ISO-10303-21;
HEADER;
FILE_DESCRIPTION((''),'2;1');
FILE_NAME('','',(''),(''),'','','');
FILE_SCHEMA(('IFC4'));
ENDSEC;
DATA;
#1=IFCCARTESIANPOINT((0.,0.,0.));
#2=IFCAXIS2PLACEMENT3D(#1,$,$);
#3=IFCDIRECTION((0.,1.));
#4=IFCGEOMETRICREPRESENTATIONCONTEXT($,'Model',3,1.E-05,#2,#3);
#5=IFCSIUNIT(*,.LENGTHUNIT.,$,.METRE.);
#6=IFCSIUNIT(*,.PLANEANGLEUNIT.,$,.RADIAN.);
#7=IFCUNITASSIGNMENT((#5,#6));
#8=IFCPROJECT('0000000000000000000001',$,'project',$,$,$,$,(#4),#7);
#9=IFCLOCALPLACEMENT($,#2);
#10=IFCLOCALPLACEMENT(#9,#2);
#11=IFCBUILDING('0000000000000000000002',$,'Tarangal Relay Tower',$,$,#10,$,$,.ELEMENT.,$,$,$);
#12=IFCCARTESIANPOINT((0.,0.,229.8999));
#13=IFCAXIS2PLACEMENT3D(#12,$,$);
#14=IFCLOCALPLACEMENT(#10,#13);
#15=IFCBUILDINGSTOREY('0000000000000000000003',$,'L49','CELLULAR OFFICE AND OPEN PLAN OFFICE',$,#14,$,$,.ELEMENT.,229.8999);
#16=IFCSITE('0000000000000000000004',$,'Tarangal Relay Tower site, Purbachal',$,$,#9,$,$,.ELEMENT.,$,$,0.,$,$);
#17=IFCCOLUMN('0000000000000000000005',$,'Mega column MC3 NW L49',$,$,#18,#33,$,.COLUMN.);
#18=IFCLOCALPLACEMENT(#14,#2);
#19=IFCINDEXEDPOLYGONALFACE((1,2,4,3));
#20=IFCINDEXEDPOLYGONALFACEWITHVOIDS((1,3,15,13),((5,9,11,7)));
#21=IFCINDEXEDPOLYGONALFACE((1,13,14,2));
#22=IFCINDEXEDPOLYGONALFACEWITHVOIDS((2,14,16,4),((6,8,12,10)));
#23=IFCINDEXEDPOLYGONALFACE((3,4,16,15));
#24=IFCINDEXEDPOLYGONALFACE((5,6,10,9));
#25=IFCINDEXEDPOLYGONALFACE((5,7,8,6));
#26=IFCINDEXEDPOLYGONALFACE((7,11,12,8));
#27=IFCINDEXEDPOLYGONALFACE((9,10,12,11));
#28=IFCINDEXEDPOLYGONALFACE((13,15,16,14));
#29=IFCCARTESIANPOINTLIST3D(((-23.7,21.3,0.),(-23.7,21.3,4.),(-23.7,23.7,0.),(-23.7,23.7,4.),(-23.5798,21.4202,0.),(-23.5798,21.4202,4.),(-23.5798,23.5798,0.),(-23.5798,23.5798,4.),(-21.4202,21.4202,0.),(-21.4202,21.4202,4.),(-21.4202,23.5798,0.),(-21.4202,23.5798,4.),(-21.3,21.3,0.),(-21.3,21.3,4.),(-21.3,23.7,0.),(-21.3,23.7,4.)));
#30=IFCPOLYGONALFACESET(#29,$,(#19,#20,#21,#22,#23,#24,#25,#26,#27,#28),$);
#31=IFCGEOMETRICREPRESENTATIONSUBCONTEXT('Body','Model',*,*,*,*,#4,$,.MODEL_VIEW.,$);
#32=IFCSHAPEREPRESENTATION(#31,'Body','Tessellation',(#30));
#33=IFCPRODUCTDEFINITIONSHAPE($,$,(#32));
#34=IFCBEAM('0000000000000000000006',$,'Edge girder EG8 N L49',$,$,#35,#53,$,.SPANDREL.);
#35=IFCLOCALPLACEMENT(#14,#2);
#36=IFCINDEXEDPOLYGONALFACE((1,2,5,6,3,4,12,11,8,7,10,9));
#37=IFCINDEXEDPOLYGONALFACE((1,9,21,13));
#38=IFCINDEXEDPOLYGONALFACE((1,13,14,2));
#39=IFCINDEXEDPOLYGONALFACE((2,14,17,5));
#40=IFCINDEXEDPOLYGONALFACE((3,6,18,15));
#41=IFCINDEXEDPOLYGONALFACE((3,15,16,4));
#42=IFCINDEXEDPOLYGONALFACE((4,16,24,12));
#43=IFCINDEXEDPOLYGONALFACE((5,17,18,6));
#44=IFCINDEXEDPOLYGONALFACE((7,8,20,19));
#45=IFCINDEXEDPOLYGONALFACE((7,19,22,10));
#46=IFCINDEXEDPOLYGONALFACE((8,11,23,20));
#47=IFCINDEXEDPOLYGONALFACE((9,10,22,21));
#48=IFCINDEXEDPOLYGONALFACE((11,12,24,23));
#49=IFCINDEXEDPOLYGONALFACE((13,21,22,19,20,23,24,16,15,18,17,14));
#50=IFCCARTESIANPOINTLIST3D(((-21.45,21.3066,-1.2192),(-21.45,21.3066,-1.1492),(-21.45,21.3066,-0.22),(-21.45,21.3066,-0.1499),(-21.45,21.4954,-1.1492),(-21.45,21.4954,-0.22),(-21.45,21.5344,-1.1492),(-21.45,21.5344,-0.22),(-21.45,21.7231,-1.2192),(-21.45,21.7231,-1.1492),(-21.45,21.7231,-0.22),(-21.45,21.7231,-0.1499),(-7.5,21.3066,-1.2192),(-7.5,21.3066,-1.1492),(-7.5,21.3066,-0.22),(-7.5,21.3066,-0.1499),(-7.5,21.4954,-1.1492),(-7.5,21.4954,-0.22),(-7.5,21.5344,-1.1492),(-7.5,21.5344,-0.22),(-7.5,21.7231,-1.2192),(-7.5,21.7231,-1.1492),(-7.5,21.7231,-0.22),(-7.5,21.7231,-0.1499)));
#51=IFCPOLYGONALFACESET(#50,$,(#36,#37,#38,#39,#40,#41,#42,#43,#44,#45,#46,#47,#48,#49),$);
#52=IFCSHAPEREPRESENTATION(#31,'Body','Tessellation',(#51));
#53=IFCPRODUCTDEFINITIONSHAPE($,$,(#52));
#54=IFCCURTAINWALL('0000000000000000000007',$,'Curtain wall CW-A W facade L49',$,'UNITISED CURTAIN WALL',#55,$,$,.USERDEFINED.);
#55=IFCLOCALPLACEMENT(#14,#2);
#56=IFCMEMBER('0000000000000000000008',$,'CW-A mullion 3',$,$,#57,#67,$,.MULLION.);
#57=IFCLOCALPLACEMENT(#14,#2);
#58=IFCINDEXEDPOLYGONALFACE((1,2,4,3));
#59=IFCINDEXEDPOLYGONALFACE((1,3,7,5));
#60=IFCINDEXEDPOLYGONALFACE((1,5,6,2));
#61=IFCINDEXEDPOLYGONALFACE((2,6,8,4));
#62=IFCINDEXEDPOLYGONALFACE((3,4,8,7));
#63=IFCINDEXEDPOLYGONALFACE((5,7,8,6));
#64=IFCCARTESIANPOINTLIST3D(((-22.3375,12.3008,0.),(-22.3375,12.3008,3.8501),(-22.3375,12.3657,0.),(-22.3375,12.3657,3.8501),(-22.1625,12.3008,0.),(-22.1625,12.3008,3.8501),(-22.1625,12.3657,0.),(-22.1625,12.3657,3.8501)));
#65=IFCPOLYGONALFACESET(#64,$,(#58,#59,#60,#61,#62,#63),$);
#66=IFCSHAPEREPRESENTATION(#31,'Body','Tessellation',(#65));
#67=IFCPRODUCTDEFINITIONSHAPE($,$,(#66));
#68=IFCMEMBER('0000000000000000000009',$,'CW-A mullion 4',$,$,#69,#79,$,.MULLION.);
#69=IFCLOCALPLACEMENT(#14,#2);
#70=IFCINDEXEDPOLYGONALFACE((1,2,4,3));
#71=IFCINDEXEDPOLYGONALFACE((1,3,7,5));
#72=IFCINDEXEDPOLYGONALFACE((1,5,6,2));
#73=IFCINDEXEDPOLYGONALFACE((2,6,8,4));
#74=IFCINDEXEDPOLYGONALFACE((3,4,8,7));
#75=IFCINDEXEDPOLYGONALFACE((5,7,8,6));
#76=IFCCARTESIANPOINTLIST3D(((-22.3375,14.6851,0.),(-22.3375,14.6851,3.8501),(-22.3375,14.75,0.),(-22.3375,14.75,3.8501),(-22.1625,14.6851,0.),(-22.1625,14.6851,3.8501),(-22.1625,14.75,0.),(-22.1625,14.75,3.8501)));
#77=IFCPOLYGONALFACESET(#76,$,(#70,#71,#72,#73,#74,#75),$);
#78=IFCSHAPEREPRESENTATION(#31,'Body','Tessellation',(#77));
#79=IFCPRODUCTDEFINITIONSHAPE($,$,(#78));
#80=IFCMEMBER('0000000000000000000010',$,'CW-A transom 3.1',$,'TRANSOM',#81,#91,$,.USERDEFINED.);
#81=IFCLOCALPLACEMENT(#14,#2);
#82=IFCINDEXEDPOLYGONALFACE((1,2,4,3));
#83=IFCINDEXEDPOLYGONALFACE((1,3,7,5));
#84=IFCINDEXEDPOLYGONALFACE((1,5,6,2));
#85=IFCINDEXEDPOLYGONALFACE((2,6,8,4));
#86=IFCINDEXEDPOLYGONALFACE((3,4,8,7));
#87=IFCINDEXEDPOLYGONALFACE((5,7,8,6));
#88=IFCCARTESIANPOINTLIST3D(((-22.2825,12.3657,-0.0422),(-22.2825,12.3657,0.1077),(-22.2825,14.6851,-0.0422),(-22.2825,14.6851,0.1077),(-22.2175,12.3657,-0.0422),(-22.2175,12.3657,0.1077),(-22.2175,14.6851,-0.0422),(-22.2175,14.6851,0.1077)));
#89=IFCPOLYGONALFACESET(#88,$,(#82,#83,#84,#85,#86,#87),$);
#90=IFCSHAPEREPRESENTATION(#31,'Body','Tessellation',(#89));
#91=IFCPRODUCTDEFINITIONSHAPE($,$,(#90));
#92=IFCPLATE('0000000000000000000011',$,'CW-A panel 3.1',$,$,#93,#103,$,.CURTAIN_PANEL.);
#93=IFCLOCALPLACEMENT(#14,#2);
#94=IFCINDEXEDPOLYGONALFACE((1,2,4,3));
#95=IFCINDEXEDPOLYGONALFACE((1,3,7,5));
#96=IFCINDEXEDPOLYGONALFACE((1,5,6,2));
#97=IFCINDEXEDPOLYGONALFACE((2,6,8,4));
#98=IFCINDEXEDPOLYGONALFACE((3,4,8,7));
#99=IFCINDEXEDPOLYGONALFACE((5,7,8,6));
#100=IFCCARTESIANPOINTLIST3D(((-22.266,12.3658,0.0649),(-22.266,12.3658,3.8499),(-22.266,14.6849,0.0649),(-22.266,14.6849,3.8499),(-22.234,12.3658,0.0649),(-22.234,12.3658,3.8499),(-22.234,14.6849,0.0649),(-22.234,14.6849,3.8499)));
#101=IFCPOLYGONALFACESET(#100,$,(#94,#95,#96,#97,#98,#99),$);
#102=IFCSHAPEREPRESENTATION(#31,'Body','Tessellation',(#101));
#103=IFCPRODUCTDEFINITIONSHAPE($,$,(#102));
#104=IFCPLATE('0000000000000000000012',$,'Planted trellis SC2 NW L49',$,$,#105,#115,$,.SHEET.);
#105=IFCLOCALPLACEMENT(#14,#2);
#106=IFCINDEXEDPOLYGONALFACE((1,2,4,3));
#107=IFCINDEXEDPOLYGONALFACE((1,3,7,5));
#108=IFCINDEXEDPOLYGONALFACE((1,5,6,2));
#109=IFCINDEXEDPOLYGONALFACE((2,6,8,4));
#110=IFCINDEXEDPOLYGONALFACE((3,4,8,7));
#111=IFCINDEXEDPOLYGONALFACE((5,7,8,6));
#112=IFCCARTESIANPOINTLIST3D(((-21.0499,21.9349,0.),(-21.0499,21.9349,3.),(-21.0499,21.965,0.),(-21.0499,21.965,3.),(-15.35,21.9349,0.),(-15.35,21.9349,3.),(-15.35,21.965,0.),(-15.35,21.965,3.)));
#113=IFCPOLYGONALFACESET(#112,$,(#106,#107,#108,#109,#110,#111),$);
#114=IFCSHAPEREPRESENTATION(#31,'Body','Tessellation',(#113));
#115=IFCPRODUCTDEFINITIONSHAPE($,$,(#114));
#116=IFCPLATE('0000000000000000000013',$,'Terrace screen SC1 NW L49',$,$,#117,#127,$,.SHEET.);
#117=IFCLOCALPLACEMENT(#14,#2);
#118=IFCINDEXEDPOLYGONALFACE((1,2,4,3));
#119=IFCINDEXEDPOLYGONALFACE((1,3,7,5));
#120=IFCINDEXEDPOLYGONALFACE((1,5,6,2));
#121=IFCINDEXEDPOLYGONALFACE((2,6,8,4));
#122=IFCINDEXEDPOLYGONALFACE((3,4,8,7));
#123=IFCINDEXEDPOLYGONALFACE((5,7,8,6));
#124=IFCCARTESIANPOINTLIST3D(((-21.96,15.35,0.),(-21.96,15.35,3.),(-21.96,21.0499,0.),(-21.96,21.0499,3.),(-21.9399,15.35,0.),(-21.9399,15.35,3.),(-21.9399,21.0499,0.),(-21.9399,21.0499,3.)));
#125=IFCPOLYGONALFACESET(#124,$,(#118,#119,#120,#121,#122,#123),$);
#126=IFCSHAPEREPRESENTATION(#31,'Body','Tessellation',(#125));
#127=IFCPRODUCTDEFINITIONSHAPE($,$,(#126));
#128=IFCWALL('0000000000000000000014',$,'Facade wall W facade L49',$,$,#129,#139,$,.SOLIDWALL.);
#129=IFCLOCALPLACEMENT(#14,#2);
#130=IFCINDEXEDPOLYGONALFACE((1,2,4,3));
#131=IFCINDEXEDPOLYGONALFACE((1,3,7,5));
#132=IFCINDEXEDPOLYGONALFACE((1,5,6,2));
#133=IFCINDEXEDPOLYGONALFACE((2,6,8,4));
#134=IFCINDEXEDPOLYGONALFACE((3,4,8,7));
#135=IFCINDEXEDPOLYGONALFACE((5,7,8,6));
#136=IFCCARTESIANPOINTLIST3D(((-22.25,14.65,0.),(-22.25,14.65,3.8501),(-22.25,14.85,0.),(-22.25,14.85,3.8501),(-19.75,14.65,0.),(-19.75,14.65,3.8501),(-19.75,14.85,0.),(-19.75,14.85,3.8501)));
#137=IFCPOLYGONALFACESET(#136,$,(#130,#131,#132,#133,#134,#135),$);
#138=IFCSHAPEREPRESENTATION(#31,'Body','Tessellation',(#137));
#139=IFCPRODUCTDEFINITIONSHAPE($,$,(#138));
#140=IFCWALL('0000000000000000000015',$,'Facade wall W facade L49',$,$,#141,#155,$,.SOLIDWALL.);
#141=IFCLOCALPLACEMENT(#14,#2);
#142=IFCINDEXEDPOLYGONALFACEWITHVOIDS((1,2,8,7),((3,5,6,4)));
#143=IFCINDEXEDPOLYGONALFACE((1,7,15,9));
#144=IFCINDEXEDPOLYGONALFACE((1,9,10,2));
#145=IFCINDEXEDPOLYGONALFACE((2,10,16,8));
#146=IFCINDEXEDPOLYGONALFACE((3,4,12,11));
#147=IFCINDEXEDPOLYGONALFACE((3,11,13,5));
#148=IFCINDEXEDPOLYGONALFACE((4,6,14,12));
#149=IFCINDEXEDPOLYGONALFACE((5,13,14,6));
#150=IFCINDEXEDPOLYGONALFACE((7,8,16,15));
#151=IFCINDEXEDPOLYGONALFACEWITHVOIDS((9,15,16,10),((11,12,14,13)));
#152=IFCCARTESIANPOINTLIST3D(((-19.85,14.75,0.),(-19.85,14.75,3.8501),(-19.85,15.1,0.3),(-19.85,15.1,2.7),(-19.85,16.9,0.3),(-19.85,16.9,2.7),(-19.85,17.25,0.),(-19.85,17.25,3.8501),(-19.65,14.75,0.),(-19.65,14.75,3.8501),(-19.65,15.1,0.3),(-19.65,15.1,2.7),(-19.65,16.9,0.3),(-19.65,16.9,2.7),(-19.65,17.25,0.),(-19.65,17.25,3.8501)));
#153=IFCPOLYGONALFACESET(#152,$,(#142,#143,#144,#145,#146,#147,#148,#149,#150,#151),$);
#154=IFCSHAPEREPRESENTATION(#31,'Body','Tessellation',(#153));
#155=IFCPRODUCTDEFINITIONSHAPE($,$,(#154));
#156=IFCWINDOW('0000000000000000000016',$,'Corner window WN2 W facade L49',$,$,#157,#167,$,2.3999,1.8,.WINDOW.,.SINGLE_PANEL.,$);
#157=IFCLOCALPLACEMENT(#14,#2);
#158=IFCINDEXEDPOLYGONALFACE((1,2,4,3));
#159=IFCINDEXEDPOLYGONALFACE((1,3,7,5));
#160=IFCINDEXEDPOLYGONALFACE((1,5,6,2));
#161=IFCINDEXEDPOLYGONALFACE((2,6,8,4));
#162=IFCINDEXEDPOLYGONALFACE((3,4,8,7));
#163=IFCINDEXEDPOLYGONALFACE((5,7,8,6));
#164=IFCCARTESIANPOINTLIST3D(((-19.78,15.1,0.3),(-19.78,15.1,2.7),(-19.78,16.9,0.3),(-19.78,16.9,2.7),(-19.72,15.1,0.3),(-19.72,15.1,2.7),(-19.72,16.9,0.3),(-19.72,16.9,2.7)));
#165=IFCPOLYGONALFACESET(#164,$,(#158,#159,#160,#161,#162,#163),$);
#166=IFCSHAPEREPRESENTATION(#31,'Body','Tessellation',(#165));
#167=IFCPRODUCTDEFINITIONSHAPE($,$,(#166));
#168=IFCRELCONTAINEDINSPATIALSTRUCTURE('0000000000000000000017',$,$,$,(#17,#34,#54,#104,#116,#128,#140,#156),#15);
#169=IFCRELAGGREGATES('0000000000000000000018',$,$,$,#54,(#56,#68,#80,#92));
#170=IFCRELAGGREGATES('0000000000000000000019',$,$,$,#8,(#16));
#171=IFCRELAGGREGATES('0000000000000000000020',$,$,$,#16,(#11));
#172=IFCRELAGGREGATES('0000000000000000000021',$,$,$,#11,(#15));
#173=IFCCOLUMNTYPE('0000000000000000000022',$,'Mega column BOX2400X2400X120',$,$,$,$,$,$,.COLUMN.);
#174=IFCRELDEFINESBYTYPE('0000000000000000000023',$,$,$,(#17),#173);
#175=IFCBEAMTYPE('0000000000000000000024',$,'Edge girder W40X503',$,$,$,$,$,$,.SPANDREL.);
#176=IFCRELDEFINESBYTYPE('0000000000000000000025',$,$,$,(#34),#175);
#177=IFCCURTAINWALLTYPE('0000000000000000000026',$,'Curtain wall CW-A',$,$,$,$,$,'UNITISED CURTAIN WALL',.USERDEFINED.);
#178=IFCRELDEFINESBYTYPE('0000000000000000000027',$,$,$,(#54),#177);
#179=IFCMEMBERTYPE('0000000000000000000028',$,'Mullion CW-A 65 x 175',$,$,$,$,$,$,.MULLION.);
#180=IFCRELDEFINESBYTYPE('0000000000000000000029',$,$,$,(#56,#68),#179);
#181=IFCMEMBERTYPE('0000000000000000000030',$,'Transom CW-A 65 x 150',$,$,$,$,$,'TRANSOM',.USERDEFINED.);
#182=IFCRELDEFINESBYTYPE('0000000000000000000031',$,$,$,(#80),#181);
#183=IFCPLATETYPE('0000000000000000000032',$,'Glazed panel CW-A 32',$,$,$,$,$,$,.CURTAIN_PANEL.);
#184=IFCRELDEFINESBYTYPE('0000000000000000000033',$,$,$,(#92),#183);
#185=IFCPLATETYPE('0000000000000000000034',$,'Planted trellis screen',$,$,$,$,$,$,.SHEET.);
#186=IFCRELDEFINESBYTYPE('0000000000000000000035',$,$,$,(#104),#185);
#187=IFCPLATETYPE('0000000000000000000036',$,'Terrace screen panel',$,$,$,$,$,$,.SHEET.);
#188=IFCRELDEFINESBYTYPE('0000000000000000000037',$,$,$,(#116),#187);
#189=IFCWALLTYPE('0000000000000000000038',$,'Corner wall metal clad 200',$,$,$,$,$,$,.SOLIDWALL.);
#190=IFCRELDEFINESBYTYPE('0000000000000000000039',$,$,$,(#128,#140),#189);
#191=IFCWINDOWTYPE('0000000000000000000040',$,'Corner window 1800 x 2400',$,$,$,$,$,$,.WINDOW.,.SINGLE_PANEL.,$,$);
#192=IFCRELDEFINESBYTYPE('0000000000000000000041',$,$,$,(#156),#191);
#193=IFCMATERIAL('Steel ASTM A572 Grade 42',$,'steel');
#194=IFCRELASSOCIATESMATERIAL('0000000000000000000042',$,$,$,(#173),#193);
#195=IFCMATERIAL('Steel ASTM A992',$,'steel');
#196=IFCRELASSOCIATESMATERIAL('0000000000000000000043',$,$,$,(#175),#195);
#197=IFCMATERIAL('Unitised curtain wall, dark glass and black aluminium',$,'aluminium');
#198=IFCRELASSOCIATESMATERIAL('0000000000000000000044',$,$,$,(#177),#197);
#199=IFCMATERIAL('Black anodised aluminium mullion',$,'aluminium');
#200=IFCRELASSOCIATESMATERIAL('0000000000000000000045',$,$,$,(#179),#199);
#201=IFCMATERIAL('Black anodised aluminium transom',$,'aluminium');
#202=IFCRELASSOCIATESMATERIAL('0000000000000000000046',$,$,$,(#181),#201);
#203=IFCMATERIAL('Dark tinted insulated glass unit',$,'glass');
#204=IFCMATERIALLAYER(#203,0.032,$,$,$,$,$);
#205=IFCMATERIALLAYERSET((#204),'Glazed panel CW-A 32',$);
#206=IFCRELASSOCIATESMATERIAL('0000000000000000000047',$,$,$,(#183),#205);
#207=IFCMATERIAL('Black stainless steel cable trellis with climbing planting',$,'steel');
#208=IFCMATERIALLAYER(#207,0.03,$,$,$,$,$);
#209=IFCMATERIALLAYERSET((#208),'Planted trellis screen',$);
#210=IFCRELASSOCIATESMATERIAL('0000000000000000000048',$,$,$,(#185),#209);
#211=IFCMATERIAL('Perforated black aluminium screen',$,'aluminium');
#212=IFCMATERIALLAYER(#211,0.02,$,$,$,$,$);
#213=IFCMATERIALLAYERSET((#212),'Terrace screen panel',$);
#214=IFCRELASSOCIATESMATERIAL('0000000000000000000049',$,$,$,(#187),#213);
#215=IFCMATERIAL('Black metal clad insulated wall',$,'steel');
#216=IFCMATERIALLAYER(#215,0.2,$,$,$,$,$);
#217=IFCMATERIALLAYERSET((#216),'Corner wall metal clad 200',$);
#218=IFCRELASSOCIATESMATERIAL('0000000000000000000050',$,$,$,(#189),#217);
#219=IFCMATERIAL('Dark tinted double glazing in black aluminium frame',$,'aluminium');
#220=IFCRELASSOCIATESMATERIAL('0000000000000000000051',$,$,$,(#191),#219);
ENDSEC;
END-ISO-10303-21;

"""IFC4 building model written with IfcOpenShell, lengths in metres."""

from ifc_helpers import new_model, si_unit, direction, frame, frame_2d, origin, origin_2d, place, context, subcontext, project, spatial, rectangle, hollow_rectangle, i_section, extrude, material, layer, layer_set, material_profile, profile_set, type_object, element, fill, aggregate, save


model = new_model("IFC4")

# Units and contexts
model_context = context("Model", 3, precision=1e-05, world=origin(), true_north=direction((0.0, 1.0)))
body_context = subcontext(model_context, "Body", "Model", "MODEL_VIEW")
ifc_project = project(units=[si_unit("LENGTHUNIT", "METRE"), si_unit("PLANEANGLEUNIT", "RADIAN")], contexts=[model_context])

# Site, building, storey
site_placement = place(None, origin())
site = spatial("IfcSite", under=ifc_project, at=site_placement, Name="Tarangal Relay Tower site, Purbachal", CompositionType="ELEMENT", RefElevation=0.0)
building_placement = place(site_placement, origin())
building = spatial("IfcBuilding", under=site, at=building_placement, Name="Tarangal Relay Tower", CompositionType="ELEMENT")
storey_placement = place(building_placement, frame((0.0, 0.0, 229.8999)))
storey = spatial("IfcBuildingStorey", under=building, at=storey_placement, Name="L49", Description="CELLULAR OFFICE AND OPEN PLAN OFFICE", CompositionType="ELEMENT", Elevation=229.8999)

# Column
ifc_material_1 = material(Name="Steel ASTM A572 Grade 42", Category="steel")
ifc_material_profile_1 = material_profile(ifc_material_1, hollow_rectangle(XDim=2.3999, YDim=2.3999, WallThickness=0.1201, at=origin_2d()), Name="BOX2400X2400X120")
ifc_profile_set_1 = profile_set([ifc_material_profile_1], Name="Steel ASTM A572 Grade 42")
column_type = type_object("IfcColumnType", Name="Mega column BOX2400X2400X120", PredefinedType="COLUMN", material=ifc_profile_set_1)
column_placement = place(storey_placement, frame((-22.5, 22.5, 0.0), z_axis=(0.0, 0.0, 1.0), x_axis=(1.0, 0.0, 0.0)))
element("IfcColumn", 1, at=column_placement, inside=storey, type_object=column_type, Name="Mega column MC3 NW L49", PredefinedType="COLUMN", context=body_context, shape_type="SweptSolid", body=[
    extrude(hollow_rectangle(XDim=2.3999, YDim=2.3999, WallThickness=0.1201, at=origin_2d()), origin(), (0.0, 0.0, 1.0), 4.0),
])

# Beam
ifc_material_2 = material(Name="Steel ASTM A992", Category="steel")
ifc_material_profile_2 = material_profile(ifc_material_2, i_section(OverallWidth=0.4165, OverallDepth=1.0693, WebThickness=0.0391, FlangeThickness=0.0701, at=origin_2d()), Name="W40X503")
ifc_profile_set_2 = profile_set([ifc_material_profile_2], Name="Steel ASTM A992")
beam_type = type_object("IfcBeamType", Name="Edge girder W40X503", PredefinedType="SPANDREL", material=ifc_profile_set_2)
beam_placement = place(storey_placement, frame((-21.45, 21.5149, -0.6846), z_axis=(1.0, 0.0, 0.0), x_axis=(0.0, 1.0, 0.0)))
element("IfcBeam", 2, at=beam_placement, inside=storey, type_object=beam_type, Name="Edge girder EG8 N L49", PredefinedType="SPANDREL", context=body_context, shape_type="SweptSolid", body=[
    extrude(i_section(OverallWidth=0.4165, OverallDepth=1.0693, WebThickness=0.0391, FlangeThickness=0.0701, at=origin_2d()), origin(), (0.0, 0.0, 1.0), 13.95),
])

# Curtain wall, members, plate
ifc_material_3 = material(Name="Unitised curtain wall, dark glass and black aluminium", Category="aluminium")
curtain_wall_type = type_object("IfcCurtainWallType", Name="Curtain wall CW-A", ElementType="UNITISED CURTAIN WALL", PredefinedType="USERDEFINED", material=ifc_material_3)
curtain_wall_placement = place(storey_placement, origin())
curtain_wall = element("IfcCurtainWall", 3, at=curtain_wall_placement, inside=storey, type_object=curtain_wall_type, Name="Curtain wall CW-A W facade L49", ObjectType="UNITISED CURTAIN WALL", PredefinedType="USERDEFINED")
ifc_material_4 = material(Name="Black anodised aluminium mullion", Category="aluminium")
ifc_material_profile_3 = material_profile(ifc_material_4, rectangle(XDim=0.175, YDim=0.0649, at=origin_2d()), Name="CW-AM 65X175")
ifc_profile_set_3 = profile_set([ifc_material_profile_3], Name="Black anodised aluminium mullion")
member_type_1 = type_object("IfcMemberType", Name="Mullion CW-A 65 x 175", PredefinedType="MULLION", material=ifc_profile_set_3)
member_1_placement = place(storey_placement, frame((-22.25, 12.3333, 0.0), z_axis=(0.0, 0.0, 1.0), x_axis=(-1.0, 0.0, 0.0)))
member_1 = element("IfcMember", 4, at=member_1_placement, type_object=member_type_1, Name="CW-A mullion 3", PredefinedType="MULLION", context=body_context, shape_type="SweptSolid", body=[
    extrude(rectangle(XDim=0.175, YDim=0.0649, at=origin_2d()), origin(), (0.0, 0.0, 1.0), 3.8501),
])
member_2_placement = place(storey_placement, frame((-22.25, 14.7175, 0.0), z_axis=(0.0, 0.0, 1.0), x_axis=(-1.0, 0.0, 0.0)))
member_2 = element("IfcMember", 5, at=member_2_placement, type_object=member_type_1, Name="CW-A mullion 4", PredefinedType="MULLION", context=body_context, shape_type="SweptSolid", body=[
    extrude(rectangle(XDim=0.175, YDim=0.0649, at=origin_2d()), origin(), (0.0, 0.0, 1.0), 3.8501),
])
ifc_material_5 = material(Name="Black anodised aluminium transom", Category="aluminium")
ifc_material_profile_4 = material_profile(ifc_material_5, rectangle(XDim=0.0649, YDim=0.1499, at=origin_2d()), Name="CW-AT 65X150")
ifc_profile_set_4 = profile_set([ifc_material_profile_4], Name="Black anodised aluminium transom")
member_type_2 = type_object("IfcMemberType", Name="Transom CW-A 65 x 150", ElementType="TRANSOM", PredefinedType="USERDEFINED", material=ifc_profile_set_4)
member_3_placement = place(storey_placement, frame((-22.25, 12.3657, 0.0327), z_axis=(0.0, 1.0, 0.0), x_axis=(-1.0, 0.0, 0.0)))
member_3 = element("IfcMember", 6, at=member_3_placement, type_object=member_type_2, Name="CW-A transom 3.1", ObjectType="TRANSOM", PredefinedType="USERDEFINED", context=body_context, shape_type="SweptSolid", body=[
    extrude(rectangle(XDim=0.0649, YDim=0.1499, at=origin_2d()), origin(), (0.0, 0.0, 1.0), 2.3193),
])
ifc_material_6 = material(Name="Dark tinted insulated glass unit", Category="glass")
ifc_layer_1 = layer(ifc_material_6, 0.032)
ifc_layer_set_1 = layer_set([ifc_layer_1], Name="Glazed panel CW-A 32")
plate_type_1 = type_object("IfcPlateType", Name="Glazed panel CW-A 32", PredefinedType="CURTAIN_PANEL", material=ifc_layer_set_1)
plate_1_placement = place(storey_placement, frame((-22.25, 13.5254, 0.0649), z_axis=(0.0, 0.0, 1.0), x_axis=(0.0, 1.0, 0.0)))
plate_1 = element("IfcPlate", 7, at=plate_1_placement, type_object=plate_type_1, Name="CW-A panel 3.1", PredefinedType="CURTAIN_PANEL", context=body_context, shape_type="SweptSolid", body=[
    extrude(rectangle(XDim=2.3191, YDim=0.032, at=origin_2d()), origin(), (0.0, 0.0, 1.0), 3.7849),
])
aggregate(curtain_wall, [member_1, member_2, member_3, plate_1])

# Plates
ifc_material_7 = material(Name="Black stainless steel cable trellis with climbing planting", Category="steel")
ifc_layer_2 = layer(ifc_material_7, 0.03)
ifc_layer_set_2 = layer_set([ifc_layer_2], Name="Planted trellis screen")
plate_type_2 = type_object("IfcPlateType", Name="Planted trellis screen", PredefinedType="SHEET", material=ifc_layer_set_2)
plate_2_placement = place(storey_placement, frame((-18.2, 21.95, 0.0), z_axis=(0.0, 0.0, 1.0), x_axis=(1.0, 0.0, 0.0)))
element("IfcPlate", 8, at=plate_2_placement, inside=storey, type_object=plate_type_2, Name="Planted trellis SC2 NW L49", PredefinedType="SHEET", context=body_context, shape_type="SweptSolid", body=[
    extrude(rectangle(XDim=5.7, YDim=0.03, at=origin_2d()), origin(), (0.0, 0.0, 1.0), 3.0),
])
ifc_material_8 = material(Name="Perforated black aluminium screen", Category="aluminium")
ifc_layer_3 = layer(ifc_material_8, 0.02)
ifc_layer_set_3 = layer_set([ifc_layer_3], Name="Terrace screen panel")
plate_type_3 = type_object("IfcPlateType", Name="Terrace screen panel", PredefinedType="SHEET", material=ifc_layer_set_3)
plate_3_placement = place(storey_placement, frame((-21.95, 18.2, 0.0), z_axis=(0.0, 0.0, 1.0), x_axis=(0.0, 1.0, 0.0)))
element("IfcPlate", 9, at=plate_3_placement, inside=storey, type_object=plate_type_3, Name="Terrace screen SC1 NW L49", PredefinedType="SHEET", context=body_context, shape_type="SweptSolid", body=[
    extrude(rectangle(XDim=5.7, YDim=0.02, at=origin_2d()), origin(), (0.0, 0.0, 1.0), 3.0),
])

# Wall
ifc_material_9 = material(Name="Black metal clad insulated wall", Category="steel")
ifc_layer_4 = layer(ifc_material_9, 0.2)
ifc_layer_set_4 = layer_set([ifc_layer_4], Name="Corner wall metal clad 200")
wall_type = type_object("IfcWallType", Name="Corner wall metal clad 200", PredefinedType="SOLIDWALL", material=ifc_layer_set_4)
wall_1_placement = place(storey_placement, frame((-22.25, 14.75, 0.0), z_axis=(0.0, 0.0, 1.0), x_axis=(1.0, 0.0, 0.0)))
element("IfcWall", 10, at=wall_1_placement, inside=storey, type_object=wall_type, Name="Facade wall W facade L49", PredefinedType="SOLIDWALL", context=body_context, shape_type="SweptSolid", body=[
    extrude(rectangle(XDim=2.5, YDim=0.2, at=frame_2d((1.25, 0.0))), origin(), (0.0, 0.0, 1.0), 3.8501),
])

# Wall, opening, window
wall_2_placement = place(storey_placement, frame((-19.75, 14.75, 0.0), z_axis=(0.0, 0.0, 1.0), x_axis=(0.0, 1.0, 0.0)))
wall_2 = element("IfcWall", 11, at=wall_2_placement, inside=storey, type_object=wall_type, Name="Facade wall W facade L49", PredefinedType="SOLIDWALL", context=body_context, shape_type="SweptSolid", body=[
    extrude(rectangle(XDim=2.5, YDim=0.2, at=frame_2d((1.25, 0.0))), origin(), (0.0, 0.0, 1.0), 3.8501),
])
opening_1_placement = place(wall_2_placement, frame((0.3501, 0.0, 0.3)))
opening_1 = element("IfcOpeningElement", 12, at=opening_1_placement, cuts=wall_2, PredefinedType="OPENING", context=body_context, shape_type="SweptSolid", body=[
    extrude(rectangle(XDim=1.8, YDim=2.3999, at=frame_2d((0.8999, 1.2))), frame((0.0, 0.1099, 0.0), z_axis=(0.0, -1.0, 0.0), x_axis=(1.0, 0.0, 0.0)), (0.0, 0.0, 1.0), 0.22),
])
ifc_material_10 = material(Name="Dark tinted double glazing in black aluminium frame", Category="aluminium")
window_type = type_object("IfcWindowType", Name="Corner window 1800 x 2400", PartitioningType="SINGLE_PANEL", PredefinedType="WINDOW", material=ifc_material_10)
window_1_placement = place(opening_1_placement, origin())
window_1 = element("IfcWindow", 13, at=window_1_placement, inside=storey, type_object=window_type, Name="Corner window WN2 W facade L49", OverallHeight=2.3999, OverallWidth=1.8, PartitioningType="SINGLE_PANEL", PredefinedType="WINDOW", context=body_context, shape_type="SweptSolid", body=[
    extrude(rectangle(XDim=1.8, YDim=2.3999, at=frame_2d((0.8999, 1.2))), frame((0.0, 0.03, 0.0), z_axis=(0.0, -1.0, 0.0), x_axis=(1.0, 0.0, 0.0)), (0.0, 0.0, 1.0), 0.0601),
])
fill(opening_1, window_1)

save(model, "model.ifc")
